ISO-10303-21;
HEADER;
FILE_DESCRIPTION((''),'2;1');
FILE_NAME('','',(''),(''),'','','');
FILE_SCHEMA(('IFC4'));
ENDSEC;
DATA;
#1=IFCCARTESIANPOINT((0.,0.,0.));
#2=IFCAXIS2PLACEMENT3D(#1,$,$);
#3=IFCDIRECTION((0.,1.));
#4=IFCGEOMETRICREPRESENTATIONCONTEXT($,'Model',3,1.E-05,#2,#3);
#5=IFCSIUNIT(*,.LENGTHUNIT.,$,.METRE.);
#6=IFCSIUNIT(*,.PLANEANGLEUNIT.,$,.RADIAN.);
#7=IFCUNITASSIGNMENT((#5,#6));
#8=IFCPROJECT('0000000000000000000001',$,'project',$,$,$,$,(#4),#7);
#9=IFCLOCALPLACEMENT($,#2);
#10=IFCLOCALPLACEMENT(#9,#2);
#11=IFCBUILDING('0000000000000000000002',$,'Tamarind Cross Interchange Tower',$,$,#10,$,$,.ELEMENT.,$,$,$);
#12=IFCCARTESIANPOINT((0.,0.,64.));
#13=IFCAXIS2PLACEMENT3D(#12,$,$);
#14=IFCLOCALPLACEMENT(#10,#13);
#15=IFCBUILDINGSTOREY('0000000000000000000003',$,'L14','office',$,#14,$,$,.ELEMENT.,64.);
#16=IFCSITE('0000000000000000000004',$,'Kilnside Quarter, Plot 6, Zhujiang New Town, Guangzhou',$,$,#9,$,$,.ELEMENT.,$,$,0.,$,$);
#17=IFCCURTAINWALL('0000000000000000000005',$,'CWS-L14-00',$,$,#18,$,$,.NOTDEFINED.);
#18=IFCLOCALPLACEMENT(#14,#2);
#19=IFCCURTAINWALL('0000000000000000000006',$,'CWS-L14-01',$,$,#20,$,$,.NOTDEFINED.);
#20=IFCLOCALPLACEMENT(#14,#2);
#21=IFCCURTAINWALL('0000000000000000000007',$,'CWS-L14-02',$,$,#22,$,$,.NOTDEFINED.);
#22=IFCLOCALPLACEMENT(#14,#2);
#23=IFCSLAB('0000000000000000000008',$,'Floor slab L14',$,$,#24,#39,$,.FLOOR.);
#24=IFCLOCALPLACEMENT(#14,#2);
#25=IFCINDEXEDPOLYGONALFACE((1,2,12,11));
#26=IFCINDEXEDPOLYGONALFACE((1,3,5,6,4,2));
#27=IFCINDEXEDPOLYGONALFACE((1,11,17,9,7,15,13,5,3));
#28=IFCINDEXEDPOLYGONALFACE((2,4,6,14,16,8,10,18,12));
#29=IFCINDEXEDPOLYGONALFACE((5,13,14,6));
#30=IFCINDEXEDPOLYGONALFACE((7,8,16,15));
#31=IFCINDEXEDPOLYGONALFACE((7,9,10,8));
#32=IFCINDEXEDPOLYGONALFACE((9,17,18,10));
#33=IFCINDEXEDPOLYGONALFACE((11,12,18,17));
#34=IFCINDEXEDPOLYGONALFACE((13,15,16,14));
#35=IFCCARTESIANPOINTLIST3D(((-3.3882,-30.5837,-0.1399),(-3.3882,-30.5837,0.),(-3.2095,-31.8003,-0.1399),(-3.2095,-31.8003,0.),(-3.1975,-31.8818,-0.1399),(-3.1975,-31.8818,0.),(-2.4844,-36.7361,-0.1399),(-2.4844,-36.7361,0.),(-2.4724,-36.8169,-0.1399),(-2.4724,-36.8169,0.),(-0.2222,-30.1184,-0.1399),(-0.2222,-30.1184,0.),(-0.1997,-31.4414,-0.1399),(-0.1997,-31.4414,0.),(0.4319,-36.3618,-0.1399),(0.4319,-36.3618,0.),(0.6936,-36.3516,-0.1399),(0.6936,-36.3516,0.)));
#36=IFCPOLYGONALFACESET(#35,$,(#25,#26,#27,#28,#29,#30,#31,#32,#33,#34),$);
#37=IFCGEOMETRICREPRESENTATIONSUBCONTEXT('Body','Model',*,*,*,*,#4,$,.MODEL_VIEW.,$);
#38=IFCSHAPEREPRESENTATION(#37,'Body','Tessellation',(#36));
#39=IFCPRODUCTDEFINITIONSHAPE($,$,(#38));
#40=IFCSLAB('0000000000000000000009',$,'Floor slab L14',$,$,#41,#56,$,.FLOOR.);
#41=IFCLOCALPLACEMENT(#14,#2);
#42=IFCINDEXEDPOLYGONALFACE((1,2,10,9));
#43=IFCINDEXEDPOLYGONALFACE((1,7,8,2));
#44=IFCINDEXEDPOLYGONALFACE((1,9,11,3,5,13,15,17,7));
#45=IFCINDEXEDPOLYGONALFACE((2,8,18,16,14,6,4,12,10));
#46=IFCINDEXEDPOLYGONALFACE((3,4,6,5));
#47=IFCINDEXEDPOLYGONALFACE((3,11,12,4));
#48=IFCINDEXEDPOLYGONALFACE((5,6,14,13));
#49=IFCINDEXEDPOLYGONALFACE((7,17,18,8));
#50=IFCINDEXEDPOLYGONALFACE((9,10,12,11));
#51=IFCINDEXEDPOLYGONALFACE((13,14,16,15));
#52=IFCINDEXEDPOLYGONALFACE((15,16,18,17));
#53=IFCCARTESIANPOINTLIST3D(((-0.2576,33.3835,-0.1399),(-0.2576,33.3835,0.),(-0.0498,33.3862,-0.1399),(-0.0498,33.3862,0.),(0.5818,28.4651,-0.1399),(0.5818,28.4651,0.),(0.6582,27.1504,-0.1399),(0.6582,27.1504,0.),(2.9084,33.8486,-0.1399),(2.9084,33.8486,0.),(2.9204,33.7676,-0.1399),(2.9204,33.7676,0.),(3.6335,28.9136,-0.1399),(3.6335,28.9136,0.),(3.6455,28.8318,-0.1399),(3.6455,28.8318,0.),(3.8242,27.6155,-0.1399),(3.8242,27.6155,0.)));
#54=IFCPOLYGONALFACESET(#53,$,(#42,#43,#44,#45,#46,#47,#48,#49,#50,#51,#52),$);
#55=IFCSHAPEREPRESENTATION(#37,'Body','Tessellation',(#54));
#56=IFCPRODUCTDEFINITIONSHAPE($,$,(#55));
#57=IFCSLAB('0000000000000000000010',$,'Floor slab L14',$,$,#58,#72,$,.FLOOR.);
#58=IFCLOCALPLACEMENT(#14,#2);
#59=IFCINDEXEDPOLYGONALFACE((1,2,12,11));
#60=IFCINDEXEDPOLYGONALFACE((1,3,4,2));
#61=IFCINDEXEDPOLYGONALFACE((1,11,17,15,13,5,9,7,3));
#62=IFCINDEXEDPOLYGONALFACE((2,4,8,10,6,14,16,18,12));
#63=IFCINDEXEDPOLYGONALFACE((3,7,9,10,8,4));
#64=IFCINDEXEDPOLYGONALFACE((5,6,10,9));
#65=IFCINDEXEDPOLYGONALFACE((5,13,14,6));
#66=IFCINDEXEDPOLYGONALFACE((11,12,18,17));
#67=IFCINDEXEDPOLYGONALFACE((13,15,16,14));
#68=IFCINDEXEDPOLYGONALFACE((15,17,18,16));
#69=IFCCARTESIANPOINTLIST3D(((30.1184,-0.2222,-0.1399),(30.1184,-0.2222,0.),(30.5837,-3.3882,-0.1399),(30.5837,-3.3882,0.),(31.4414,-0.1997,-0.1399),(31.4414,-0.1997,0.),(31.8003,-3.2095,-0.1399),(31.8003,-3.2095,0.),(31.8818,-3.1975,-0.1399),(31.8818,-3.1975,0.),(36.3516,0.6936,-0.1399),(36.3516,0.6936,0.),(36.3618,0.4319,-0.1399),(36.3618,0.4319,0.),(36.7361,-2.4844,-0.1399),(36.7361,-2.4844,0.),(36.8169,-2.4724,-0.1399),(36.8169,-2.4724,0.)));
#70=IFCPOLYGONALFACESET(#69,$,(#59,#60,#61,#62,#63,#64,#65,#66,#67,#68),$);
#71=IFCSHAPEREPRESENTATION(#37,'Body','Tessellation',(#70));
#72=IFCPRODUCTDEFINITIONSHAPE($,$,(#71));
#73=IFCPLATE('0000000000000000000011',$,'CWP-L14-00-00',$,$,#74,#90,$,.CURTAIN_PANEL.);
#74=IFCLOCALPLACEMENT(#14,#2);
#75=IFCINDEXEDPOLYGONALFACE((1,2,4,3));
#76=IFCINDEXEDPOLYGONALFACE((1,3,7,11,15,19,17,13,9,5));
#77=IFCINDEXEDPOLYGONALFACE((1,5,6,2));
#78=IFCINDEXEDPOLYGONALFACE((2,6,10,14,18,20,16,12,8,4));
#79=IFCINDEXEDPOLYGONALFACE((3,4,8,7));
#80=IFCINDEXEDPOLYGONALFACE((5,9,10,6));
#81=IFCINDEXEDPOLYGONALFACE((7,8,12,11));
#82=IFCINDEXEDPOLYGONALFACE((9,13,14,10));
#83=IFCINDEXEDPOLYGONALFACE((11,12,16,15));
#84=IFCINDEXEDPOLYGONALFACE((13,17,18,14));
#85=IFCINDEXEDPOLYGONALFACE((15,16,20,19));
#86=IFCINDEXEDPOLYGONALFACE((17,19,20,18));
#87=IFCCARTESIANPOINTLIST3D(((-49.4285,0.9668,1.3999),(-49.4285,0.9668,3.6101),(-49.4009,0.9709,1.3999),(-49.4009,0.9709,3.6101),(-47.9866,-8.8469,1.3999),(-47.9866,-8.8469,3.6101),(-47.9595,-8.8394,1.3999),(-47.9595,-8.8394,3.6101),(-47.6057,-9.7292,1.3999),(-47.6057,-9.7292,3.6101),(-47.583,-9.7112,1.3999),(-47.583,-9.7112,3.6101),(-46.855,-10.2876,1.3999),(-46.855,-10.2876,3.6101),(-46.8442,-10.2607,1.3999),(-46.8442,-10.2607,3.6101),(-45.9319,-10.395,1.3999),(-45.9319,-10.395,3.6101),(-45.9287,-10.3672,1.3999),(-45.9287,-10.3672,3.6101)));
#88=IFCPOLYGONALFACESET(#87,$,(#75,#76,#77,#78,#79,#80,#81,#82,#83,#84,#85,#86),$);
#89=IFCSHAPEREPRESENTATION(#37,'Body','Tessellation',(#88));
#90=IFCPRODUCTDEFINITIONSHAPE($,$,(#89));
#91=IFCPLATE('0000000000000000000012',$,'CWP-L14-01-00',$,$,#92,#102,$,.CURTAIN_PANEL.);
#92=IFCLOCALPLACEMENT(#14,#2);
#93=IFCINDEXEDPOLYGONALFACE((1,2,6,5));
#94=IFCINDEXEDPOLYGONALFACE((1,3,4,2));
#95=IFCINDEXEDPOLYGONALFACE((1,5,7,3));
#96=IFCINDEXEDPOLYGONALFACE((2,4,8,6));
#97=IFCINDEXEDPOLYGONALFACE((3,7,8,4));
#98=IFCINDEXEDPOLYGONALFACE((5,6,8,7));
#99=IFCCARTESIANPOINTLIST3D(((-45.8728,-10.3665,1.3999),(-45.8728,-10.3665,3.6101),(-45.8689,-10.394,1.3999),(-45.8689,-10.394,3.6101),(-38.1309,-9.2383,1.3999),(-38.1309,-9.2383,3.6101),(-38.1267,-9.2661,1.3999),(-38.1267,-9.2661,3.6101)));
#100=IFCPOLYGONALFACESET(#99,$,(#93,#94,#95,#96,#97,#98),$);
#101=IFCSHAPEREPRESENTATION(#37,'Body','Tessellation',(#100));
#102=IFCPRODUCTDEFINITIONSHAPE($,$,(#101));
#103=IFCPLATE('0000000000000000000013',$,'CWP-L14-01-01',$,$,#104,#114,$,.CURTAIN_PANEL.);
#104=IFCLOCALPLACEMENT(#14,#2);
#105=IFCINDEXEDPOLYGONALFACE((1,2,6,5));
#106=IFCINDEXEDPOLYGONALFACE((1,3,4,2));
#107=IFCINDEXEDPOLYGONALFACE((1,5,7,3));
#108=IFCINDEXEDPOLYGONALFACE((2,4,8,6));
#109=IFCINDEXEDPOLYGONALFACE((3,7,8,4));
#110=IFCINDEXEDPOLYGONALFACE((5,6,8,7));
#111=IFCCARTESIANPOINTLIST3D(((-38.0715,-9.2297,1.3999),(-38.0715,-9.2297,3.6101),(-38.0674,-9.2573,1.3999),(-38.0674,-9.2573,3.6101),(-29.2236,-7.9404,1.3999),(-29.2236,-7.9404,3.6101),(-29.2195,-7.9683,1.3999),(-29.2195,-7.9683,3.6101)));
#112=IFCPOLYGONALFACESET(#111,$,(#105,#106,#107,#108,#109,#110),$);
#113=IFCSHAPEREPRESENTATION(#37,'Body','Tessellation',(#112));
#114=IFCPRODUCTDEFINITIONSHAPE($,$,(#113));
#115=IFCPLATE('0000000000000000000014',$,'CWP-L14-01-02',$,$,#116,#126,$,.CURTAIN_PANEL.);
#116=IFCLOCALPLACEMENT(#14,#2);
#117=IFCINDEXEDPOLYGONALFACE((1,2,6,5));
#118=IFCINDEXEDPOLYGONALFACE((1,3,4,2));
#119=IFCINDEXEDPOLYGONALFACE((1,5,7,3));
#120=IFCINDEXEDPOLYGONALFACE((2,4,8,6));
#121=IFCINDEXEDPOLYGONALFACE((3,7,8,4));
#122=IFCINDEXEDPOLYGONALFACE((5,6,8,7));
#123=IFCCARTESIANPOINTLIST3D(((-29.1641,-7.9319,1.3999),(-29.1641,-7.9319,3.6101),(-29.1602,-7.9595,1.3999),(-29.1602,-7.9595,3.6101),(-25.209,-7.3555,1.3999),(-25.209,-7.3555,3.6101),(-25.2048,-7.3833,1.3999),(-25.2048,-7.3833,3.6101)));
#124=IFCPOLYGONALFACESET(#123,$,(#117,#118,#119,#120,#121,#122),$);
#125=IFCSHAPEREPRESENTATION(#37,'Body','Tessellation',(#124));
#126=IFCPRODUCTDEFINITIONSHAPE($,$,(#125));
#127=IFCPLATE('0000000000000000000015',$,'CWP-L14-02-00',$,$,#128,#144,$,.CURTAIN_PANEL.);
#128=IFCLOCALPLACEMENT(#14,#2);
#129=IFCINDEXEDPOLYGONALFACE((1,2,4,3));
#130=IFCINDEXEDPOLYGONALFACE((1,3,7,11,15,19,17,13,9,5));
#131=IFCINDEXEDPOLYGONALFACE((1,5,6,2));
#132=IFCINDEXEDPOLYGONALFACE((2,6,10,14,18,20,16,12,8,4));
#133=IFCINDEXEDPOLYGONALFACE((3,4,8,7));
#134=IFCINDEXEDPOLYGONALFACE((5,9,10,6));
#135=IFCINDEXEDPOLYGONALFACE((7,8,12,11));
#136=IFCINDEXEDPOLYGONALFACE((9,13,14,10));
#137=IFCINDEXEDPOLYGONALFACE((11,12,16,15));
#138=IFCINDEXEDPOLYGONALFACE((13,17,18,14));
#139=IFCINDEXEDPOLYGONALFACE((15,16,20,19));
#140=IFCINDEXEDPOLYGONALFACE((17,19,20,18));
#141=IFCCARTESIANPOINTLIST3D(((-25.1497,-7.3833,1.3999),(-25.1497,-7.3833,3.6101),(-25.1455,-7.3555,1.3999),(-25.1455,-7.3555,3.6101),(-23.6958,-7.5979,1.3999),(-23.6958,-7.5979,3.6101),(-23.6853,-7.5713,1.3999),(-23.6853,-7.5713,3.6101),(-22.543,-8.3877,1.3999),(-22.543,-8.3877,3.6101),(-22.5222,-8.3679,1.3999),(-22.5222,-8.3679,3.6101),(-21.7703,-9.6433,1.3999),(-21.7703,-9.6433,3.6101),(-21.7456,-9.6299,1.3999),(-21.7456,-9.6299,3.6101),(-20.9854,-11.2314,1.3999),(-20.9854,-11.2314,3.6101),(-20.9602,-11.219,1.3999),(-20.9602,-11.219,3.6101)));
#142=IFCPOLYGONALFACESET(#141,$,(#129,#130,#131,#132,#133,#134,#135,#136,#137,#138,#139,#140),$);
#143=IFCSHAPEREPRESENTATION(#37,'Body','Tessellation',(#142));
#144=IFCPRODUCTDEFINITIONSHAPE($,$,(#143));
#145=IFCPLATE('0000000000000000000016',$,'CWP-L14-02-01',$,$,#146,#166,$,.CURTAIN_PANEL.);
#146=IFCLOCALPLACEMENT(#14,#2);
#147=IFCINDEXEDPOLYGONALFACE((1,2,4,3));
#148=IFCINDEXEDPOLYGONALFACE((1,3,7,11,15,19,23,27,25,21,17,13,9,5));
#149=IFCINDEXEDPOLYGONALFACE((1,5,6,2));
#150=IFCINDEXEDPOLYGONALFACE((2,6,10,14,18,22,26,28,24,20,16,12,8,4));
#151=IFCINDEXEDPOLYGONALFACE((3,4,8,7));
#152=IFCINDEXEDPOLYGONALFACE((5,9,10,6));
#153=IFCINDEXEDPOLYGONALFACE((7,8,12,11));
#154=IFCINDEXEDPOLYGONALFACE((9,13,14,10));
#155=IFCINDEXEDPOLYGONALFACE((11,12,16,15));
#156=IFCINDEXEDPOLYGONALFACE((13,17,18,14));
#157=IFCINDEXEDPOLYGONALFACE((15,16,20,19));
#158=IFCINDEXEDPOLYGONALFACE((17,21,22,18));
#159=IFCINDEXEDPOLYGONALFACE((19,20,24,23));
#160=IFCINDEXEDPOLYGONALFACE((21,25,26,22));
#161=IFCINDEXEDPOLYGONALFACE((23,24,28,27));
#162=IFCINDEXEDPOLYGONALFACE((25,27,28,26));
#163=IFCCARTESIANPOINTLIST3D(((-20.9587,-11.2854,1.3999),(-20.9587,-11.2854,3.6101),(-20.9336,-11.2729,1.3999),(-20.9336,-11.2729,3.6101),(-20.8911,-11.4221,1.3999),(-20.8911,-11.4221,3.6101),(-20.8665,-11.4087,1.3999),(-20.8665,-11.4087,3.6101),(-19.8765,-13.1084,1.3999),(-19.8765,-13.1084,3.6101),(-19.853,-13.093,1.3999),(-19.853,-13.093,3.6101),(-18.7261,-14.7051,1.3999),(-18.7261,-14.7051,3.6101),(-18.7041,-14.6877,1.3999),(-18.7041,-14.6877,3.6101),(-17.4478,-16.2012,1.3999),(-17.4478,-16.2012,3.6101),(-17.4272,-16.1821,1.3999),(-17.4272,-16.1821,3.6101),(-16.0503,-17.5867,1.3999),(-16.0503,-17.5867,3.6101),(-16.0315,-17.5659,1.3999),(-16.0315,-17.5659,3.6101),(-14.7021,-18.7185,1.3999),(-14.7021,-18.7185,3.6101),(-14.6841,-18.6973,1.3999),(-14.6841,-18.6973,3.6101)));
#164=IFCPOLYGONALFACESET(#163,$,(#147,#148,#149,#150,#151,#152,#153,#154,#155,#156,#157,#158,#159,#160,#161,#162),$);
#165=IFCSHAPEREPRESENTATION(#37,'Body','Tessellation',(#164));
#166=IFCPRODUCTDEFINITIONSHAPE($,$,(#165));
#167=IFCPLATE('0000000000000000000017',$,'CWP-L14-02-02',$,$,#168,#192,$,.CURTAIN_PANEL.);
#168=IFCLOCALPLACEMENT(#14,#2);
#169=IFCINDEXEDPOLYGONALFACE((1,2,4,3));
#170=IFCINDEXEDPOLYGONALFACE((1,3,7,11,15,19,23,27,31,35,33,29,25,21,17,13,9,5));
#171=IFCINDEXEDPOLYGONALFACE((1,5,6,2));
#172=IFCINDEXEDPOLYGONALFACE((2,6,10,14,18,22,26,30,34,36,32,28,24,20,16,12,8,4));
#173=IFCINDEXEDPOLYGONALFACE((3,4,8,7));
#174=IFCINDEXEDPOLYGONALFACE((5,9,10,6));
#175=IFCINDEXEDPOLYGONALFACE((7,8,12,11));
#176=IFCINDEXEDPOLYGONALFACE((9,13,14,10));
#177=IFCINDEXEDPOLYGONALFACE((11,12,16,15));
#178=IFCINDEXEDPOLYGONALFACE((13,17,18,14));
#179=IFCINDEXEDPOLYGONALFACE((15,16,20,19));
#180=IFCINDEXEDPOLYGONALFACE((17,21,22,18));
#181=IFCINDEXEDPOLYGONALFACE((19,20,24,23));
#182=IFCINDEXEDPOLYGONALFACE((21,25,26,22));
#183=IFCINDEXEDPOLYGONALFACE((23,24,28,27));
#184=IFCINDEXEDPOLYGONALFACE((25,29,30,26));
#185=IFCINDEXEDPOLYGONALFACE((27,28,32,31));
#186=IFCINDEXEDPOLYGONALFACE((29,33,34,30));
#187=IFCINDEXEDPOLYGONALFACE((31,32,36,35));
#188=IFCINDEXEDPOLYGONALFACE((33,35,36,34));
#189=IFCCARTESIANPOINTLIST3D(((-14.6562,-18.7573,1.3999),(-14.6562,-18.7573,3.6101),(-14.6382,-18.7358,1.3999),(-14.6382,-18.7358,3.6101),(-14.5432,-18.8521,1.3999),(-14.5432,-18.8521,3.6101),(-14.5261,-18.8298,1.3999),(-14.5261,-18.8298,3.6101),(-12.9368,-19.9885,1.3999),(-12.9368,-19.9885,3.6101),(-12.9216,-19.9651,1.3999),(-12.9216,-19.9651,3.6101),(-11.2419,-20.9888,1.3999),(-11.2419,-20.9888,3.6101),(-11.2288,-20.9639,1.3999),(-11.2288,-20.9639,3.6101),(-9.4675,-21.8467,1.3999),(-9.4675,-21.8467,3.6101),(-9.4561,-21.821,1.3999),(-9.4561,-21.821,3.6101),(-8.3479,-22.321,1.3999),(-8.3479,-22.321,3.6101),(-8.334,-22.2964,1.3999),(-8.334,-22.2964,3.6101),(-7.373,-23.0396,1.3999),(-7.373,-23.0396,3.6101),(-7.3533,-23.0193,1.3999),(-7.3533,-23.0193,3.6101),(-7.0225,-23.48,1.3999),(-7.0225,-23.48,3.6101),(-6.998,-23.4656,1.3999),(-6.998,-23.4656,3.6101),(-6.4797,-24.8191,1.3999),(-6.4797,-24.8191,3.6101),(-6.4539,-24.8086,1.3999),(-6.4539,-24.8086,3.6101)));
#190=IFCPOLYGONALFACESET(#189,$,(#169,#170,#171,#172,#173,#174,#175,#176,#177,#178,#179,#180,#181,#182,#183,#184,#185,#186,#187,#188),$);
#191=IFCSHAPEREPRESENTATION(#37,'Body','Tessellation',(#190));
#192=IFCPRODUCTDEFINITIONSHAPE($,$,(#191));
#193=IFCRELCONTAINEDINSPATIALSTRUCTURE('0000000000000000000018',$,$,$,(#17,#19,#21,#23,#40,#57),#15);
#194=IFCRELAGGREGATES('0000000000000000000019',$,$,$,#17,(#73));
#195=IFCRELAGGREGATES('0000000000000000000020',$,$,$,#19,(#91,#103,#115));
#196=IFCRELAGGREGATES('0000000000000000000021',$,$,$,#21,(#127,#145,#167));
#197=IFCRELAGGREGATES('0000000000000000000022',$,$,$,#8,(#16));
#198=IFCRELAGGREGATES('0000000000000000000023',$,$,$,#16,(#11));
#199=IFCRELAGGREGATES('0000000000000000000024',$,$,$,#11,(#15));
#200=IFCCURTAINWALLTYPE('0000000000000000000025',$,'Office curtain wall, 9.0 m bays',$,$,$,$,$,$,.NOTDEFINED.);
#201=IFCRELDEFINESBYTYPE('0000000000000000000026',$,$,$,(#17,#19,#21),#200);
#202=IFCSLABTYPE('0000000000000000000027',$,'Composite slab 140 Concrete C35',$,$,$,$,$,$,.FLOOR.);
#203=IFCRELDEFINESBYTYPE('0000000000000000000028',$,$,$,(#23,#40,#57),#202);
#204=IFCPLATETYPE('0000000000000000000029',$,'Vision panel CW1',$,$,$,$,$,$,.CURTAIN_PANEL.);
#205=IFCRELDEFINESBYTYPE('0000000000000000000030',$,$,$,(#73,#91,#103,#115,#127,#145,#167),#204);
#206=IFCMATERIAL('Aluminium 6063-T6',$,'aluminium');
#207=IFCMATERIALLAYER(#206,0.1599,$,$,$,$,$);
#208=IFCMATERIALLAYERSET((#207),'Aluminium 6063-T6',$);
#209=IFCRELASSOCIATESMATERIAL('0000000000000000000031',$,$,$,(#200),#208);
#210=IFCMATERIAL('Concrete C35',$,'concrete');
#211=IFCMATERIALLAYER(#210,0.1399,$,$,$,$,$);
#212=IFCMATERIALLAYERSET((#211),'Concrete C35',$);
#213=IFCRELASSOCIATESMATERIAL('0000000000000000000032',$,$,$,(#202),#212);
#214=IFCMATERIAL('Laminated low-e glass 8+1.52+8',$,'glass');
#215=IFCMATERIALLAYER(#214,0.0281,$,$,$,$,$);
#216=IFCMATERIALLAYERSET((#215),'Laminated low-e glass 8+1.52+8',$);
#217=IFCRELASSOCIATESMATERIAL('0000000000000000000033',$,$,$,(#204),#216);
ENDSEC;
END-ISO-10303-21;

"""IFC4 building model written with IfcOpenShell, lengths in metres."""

from ifc_helpers import new_model, si_unit, direction, frame, origin, place, context, subcontext, project, spatial, polyline, outline, extrude, material, layer, layer_set, type_object, element, aggregate, save


model = new_model("IFC4")

# Units and contexts
model_context = context("Model", 3, precision=1e-05, world=origin(), true_north=direction((0.0, 1.0)))
body_context = subcontext(model_context, "Body", "Model", "MODEL_VIEW")
ifc_project = project(units=[si_unit("LENGTHUNIT", "METRE"), si_unit("PLANEANGLEUNIT", "RADIAN")], contexts=[model_context])

# Site, building, storey
site_placement = place(None, origin())
site = spatial("IfcSite", under=ifc_project, at=site_placement, Name="Kilnside Quarter, Plot 6, Zhujiang New Town, Guangzhou", CompositionType="ELEMENT", RefElevation=0.0)
building_placement = place(site_placement, origin())
building = spatial("IfcBuilding", under=site, at=building_placement, Name="Tamarind Cross Interchange Tower", CompositionType="ELEMENT")
storey_placement = place(building_placement, frame((0.0, 0.0, 64.0)))
storey = spatial("IfcBuildingStorey", under=building, at=storey_placement, Name="L14", Description="office", CompositionType="ELEMENT", Elevation=64.0)

# Curtain walls
ifc_material_1 = material(Name="Aluminium 6063-T6", Category="aluminium")
ifc_layer_1 = layer(ifc_material_1, 0.1599)
ifc_layer_set_1 = layer_set([ifc_layer_1], Name="Aluminium 6063-T6")
curtain_wall_type = type_object("IfcCurtainWallType", Name="Office curtain wall, 9.0 m bays", PredefinedType="NOTDEFINED", material=ifc_layer_set_1)
curtain_wall_1_placement = place(storey_placement, origin())
curtain_wall_1 = element("IfcCurtainWall", 1, at=curtain_wall_1_placement, inside=storey, type_object=curtain_wall_type, Name="CWS-L14-00", PredefinedType="NOTDEFINED")
curtain_wall_2_placement = place(storey_placement, origin())
curtain_wall_2 = element("IfcCurtainWall", 2, at=curtain_wall_2_placement, inside=storey, type_object=curtain_wall_type, Name="CWS-L14-01", PredefinedType="NOTDEFINED")
curtain_wall_3_placement = place(storey_placement, origin())
curtain_wall_3 = element("IfcCurtainWall", 3, at=curtain_wall_3_placement, inside=storey, type_object=curtain_wall_type, Name="CWS-L14-02", PredefinedType="NOTDEFINED")

# Slabs
ifc_material_2 = material(Name="Concrete C35", Category="concrete")
ifc_layer_2 = layer(ifc_material_2, 0.1399)
ifc_layer_set_2 = layer_set([ifc_layer_2], Name="Concrete C35")
slab_type = type_object("IfcSlabType", Name="Composite slab 140 Concrete C35", PredefinedType="FLOOR", material=ifc_layer_set_2)
slab_1_placement = place(storey_placement, frame((0.0, 0.0, -0.1399)))
element("IfcSlab", 4, at=slab_1_placement, inside=storey, type_object=slab_type, Name="Floor slab L14", PredefinedType="FLOOR", context=body_context, shape_type="SweptSolid", body=[
    extrude(outline(polyline([(-2.4724, -36.8169), (0.6936, -36.3516), (-0.2222, -30.1184), (-3.3882, -30.5837), (-3.2095, -31.8003), (-3.1975, -31.8818), (-0.1997, -31.4414), (0.4319, -36.3618), (-2.4844, -36.7361), (-2.4724, -36.8169)])), origin(), (0.0, 0.0, 1.0), 0.1399),
])
slab_2_placement = place(storey_placement, frame((0.0, 0.0, -0.1399)))
element("IfcSlab", 5, at=slab_2_placement, inside=storey, type_object=slab_type, Name="Floor slab L14", PredefinedType="FLOOR", context=body_context, shape_type="SweptSolid", body=[
    extrude(outline(polyline([(2.9084, 33.8486), (-0.2576, 33.3835), (0.6582, 27.1504), (3.8242, 27.6155), (3.6455, 28.8318), (3.6335, 28.9136), (0.5818, 28.4651), (-0.0498, 33.3862), (2.9204, 33.7676), (2.9084, 33.8486)])), origin(), (0.0, 0.0, 1.0), 0.1399),
])
slab_3_placement = place(storey_placement, frame((0.0, 0.0, -0.1399)))
element("IfcSlab", 6, at=slab_3_placement, inside=storey, type_object=slab_type, Name="Floor slab L14", PredefinedType="FLOOR", context=body_context, shape_type="SweptSolid", body=[
    extrude(outline(polyline([(36.3618, 0.4319), (36.7361, -2.4844), (36.8169, -2.4724), (36.3516, 0.6936), (30.1184, -0.2222), (30.5837, -3.3882), (31.8003, -3.2095), (31.8818, -3.1975), (31.4414, -0.1997), (36.3618, 0.4319)])), origin(), (0.0, 0.0, 1.0), 0.1399),
])

# Plates
ifc_material_3 = material(Name="Laminated low-e glass 8+1.52+8", Category="glass")
ifc_layer_3 = layer(ifc_material_3, 0.0281)
ifc_layer_set_3 = layer_set([ifc_layer_3], Name="Laminated low-e glass 8+1.52+8")
plate_type = type_object("IfcPlateType", Name="Vision panel CW1", PredefinedType="CURTAIN_PANEL", material=ifc_layer_set_3)
plate_1_placement = place(storey_placement, frame((0.0, 0.0, 1.3999)))
plate_1 = element("IfcPlate", 7, at=plate_1_placement, type_object=plate_type, Name="CWP-L14-00-00", PredefinedType="CURTAIN_PANEL", context=body_context, shape_type="SweptSolid", body=[
    extrude(outline(polyline([(-49.4009, 0.9709), (-47.9595, -8.8394), (-47.583, -9.7112), (-46.8442, -10.2607), (-45.9287, -10.3672), (-45.9319, -10.395), (-46.855, -10.2876), (-47.6057, -9.7292), (-47.9866, -8.8469), (-49.4285, 0.9668), (-49.4009, 0.9709)])), origin(), (0.0, 0.0, 1.0), 2.2102),
])
aggregate(curtain_wall_1, [plate_1])
plate_2_placement = place(storey_placement, frame((0.0, 0.0, 1.3999)))
plate_2 = element("IfcPlate", 8, at=plate_2_placement, type_object=plate_type, Name="CWP-L14-01-00", PredefinedType="CURTAIN_PANEL", context=body_context, shape_type="SweptSolid", body=[
    extrude(outline(polyline([(-45.8728, -10.3665), (-38.1309, -9.2383), (-38.1267, -9.2661), (-45.8689, -10.394), (-45.8728, -10.3665)])), origin(), (0.0, 0.0, 1.0), 2.2102),
])
plate_3_placement = place(storey_placement, frame((0.0, 0.0, 1.3999)))
plate_3 = element("IfcPlate", 9, at=plate_3_placement, type_object=plate_type, Name="CWP-L14-01-01", PredefinedType="CURTAIN_PANEL", context=body_context, shape_type="SweptSolid", body=[
    extrude(outline(polyline([(-38.0715, -9.2297), (-29.2236, -7.9404), (-29.2195, -7.9683), (-38.0674, -9.2573), (-38.0715, -9.2297)])), origin(), (0.0, 0.0, 1.0), 2.2102),
])
plate_4_placement = place(storey_placement, frame((0.0, 0.0, 1.3999)))
plate_4 = element("IfcPlate", 10, at=plate_4_placement, type_object=plate_type, Name="CWP-L14-01-02", PredefinedType="CURTAIN_PANEL", context=body_context, shape_type="SweptSolid", body=[
    extrude(outline(polyline([(-29.1641, -7.9319), (-25.209, -7.3555), (-25.2048, -7.3833), (-29.1602, -7.9595), (-29.1641, -7.9319)])), origin(), (0.0, 0.0, 1.0), 2.2102),
])
aggregate(curtain_wall_2, [plate_2, plate_3, plate_4])
plate_5_placement = place(storey_placement, frame((0.0, 0.0, 1.3999)))
plate_5 = element("IfcPlate", 11, at=plate_5_placement, type_object=plate_type, Name="CWP-L14-02-00", PredefinedType="CURTAIN_PANEL", context=body_context, shape_type="SweptSolid", body=[
    extrude(outline(polyline([(-25.1455, -7.3555), (-23.6853, -7.5713), (-22.5222, -8.3679), (-21.7456, -9.6299), (-20.9602, -11.219), (-20.9854, -11.2314), (-21.7703, -9.6433), (-22.543, -8.3877), (-23.6958, -7.5979), (-25.1497, -7.3833), (-25.1455, -7.3555)])), origin(), (0.0, 0.0, 1.0), 2.2102),
])
plate_6_placement = place(storey_placement, frame((0.0, 0.0, 1.3999)))
plate_6 = element("IfcPlate", 12, at=plate_6_placement, type_object=plate_type, Name="CWP-L14-02-01", PredefinedType="CURTAIN_PANEL", context=body_context, shape_type="SweptSolid", body=[
    extrude(outline(polyline([(-20.9336, -11.2729), (-20.8665, -11.4087), (-19.853, -13.093), (-18.7041, -14.6877), (-17.4272, -16.1821), (-16.0315, -17.5659), (-14.6841, -18.6973), (-14.7021, -18.7185), (-16.0503, -17.5867), (-17.4478, -16.2012), (-18.7261, -14.7051), (-19.8765, -13.1084), (-20.8911, -11.4221), (-20.9587, -11.2854), (-20.9336, -11.2729)])), origin(), (0.0, 0.0, 1.0), 2.2102),
])
plate_7_placement = place(storey_placement, frame((0.0, 0.0, 1.3999)))
plate_7 = element("IfcPlate", 13, at=plate_7_placement, type_object=plate_type, Name="CWP-L14-02-02", PredefinedType="CURTAIN_PANEL", context=body_context, shape_type="SweptSolid", body=[
    extrude(outline(polyline([(-14.6382, -18.7358), (-14.5261, -18.8298), (-12.9216, -19.9651), (-11.2288, -20.9639), (-9.4561, -21.821), (-8.334, -22.2964), (-7.3533, -23.0193), (-6.998, -23.4656), (-6.4539, -24.8086), (-6.4797, -24.8191), (-7.0225, -23.48), (-7.373, -23.0396), (-8.3479, -22.321), (-9.4675, -21.8467), (-11.2419, -20.9888), (-12.9368, -19.9885), (-14.5432, -18.8521), (-14.6562, -18.7573), (-14.6382, -18.7358)])), origin(), (0.0, 0.0, 1.0), 2.2102),
])
aggregate(curtain_wall_3, [plate_5, plate_6, plate_7])

save(model, "model.ifc")
